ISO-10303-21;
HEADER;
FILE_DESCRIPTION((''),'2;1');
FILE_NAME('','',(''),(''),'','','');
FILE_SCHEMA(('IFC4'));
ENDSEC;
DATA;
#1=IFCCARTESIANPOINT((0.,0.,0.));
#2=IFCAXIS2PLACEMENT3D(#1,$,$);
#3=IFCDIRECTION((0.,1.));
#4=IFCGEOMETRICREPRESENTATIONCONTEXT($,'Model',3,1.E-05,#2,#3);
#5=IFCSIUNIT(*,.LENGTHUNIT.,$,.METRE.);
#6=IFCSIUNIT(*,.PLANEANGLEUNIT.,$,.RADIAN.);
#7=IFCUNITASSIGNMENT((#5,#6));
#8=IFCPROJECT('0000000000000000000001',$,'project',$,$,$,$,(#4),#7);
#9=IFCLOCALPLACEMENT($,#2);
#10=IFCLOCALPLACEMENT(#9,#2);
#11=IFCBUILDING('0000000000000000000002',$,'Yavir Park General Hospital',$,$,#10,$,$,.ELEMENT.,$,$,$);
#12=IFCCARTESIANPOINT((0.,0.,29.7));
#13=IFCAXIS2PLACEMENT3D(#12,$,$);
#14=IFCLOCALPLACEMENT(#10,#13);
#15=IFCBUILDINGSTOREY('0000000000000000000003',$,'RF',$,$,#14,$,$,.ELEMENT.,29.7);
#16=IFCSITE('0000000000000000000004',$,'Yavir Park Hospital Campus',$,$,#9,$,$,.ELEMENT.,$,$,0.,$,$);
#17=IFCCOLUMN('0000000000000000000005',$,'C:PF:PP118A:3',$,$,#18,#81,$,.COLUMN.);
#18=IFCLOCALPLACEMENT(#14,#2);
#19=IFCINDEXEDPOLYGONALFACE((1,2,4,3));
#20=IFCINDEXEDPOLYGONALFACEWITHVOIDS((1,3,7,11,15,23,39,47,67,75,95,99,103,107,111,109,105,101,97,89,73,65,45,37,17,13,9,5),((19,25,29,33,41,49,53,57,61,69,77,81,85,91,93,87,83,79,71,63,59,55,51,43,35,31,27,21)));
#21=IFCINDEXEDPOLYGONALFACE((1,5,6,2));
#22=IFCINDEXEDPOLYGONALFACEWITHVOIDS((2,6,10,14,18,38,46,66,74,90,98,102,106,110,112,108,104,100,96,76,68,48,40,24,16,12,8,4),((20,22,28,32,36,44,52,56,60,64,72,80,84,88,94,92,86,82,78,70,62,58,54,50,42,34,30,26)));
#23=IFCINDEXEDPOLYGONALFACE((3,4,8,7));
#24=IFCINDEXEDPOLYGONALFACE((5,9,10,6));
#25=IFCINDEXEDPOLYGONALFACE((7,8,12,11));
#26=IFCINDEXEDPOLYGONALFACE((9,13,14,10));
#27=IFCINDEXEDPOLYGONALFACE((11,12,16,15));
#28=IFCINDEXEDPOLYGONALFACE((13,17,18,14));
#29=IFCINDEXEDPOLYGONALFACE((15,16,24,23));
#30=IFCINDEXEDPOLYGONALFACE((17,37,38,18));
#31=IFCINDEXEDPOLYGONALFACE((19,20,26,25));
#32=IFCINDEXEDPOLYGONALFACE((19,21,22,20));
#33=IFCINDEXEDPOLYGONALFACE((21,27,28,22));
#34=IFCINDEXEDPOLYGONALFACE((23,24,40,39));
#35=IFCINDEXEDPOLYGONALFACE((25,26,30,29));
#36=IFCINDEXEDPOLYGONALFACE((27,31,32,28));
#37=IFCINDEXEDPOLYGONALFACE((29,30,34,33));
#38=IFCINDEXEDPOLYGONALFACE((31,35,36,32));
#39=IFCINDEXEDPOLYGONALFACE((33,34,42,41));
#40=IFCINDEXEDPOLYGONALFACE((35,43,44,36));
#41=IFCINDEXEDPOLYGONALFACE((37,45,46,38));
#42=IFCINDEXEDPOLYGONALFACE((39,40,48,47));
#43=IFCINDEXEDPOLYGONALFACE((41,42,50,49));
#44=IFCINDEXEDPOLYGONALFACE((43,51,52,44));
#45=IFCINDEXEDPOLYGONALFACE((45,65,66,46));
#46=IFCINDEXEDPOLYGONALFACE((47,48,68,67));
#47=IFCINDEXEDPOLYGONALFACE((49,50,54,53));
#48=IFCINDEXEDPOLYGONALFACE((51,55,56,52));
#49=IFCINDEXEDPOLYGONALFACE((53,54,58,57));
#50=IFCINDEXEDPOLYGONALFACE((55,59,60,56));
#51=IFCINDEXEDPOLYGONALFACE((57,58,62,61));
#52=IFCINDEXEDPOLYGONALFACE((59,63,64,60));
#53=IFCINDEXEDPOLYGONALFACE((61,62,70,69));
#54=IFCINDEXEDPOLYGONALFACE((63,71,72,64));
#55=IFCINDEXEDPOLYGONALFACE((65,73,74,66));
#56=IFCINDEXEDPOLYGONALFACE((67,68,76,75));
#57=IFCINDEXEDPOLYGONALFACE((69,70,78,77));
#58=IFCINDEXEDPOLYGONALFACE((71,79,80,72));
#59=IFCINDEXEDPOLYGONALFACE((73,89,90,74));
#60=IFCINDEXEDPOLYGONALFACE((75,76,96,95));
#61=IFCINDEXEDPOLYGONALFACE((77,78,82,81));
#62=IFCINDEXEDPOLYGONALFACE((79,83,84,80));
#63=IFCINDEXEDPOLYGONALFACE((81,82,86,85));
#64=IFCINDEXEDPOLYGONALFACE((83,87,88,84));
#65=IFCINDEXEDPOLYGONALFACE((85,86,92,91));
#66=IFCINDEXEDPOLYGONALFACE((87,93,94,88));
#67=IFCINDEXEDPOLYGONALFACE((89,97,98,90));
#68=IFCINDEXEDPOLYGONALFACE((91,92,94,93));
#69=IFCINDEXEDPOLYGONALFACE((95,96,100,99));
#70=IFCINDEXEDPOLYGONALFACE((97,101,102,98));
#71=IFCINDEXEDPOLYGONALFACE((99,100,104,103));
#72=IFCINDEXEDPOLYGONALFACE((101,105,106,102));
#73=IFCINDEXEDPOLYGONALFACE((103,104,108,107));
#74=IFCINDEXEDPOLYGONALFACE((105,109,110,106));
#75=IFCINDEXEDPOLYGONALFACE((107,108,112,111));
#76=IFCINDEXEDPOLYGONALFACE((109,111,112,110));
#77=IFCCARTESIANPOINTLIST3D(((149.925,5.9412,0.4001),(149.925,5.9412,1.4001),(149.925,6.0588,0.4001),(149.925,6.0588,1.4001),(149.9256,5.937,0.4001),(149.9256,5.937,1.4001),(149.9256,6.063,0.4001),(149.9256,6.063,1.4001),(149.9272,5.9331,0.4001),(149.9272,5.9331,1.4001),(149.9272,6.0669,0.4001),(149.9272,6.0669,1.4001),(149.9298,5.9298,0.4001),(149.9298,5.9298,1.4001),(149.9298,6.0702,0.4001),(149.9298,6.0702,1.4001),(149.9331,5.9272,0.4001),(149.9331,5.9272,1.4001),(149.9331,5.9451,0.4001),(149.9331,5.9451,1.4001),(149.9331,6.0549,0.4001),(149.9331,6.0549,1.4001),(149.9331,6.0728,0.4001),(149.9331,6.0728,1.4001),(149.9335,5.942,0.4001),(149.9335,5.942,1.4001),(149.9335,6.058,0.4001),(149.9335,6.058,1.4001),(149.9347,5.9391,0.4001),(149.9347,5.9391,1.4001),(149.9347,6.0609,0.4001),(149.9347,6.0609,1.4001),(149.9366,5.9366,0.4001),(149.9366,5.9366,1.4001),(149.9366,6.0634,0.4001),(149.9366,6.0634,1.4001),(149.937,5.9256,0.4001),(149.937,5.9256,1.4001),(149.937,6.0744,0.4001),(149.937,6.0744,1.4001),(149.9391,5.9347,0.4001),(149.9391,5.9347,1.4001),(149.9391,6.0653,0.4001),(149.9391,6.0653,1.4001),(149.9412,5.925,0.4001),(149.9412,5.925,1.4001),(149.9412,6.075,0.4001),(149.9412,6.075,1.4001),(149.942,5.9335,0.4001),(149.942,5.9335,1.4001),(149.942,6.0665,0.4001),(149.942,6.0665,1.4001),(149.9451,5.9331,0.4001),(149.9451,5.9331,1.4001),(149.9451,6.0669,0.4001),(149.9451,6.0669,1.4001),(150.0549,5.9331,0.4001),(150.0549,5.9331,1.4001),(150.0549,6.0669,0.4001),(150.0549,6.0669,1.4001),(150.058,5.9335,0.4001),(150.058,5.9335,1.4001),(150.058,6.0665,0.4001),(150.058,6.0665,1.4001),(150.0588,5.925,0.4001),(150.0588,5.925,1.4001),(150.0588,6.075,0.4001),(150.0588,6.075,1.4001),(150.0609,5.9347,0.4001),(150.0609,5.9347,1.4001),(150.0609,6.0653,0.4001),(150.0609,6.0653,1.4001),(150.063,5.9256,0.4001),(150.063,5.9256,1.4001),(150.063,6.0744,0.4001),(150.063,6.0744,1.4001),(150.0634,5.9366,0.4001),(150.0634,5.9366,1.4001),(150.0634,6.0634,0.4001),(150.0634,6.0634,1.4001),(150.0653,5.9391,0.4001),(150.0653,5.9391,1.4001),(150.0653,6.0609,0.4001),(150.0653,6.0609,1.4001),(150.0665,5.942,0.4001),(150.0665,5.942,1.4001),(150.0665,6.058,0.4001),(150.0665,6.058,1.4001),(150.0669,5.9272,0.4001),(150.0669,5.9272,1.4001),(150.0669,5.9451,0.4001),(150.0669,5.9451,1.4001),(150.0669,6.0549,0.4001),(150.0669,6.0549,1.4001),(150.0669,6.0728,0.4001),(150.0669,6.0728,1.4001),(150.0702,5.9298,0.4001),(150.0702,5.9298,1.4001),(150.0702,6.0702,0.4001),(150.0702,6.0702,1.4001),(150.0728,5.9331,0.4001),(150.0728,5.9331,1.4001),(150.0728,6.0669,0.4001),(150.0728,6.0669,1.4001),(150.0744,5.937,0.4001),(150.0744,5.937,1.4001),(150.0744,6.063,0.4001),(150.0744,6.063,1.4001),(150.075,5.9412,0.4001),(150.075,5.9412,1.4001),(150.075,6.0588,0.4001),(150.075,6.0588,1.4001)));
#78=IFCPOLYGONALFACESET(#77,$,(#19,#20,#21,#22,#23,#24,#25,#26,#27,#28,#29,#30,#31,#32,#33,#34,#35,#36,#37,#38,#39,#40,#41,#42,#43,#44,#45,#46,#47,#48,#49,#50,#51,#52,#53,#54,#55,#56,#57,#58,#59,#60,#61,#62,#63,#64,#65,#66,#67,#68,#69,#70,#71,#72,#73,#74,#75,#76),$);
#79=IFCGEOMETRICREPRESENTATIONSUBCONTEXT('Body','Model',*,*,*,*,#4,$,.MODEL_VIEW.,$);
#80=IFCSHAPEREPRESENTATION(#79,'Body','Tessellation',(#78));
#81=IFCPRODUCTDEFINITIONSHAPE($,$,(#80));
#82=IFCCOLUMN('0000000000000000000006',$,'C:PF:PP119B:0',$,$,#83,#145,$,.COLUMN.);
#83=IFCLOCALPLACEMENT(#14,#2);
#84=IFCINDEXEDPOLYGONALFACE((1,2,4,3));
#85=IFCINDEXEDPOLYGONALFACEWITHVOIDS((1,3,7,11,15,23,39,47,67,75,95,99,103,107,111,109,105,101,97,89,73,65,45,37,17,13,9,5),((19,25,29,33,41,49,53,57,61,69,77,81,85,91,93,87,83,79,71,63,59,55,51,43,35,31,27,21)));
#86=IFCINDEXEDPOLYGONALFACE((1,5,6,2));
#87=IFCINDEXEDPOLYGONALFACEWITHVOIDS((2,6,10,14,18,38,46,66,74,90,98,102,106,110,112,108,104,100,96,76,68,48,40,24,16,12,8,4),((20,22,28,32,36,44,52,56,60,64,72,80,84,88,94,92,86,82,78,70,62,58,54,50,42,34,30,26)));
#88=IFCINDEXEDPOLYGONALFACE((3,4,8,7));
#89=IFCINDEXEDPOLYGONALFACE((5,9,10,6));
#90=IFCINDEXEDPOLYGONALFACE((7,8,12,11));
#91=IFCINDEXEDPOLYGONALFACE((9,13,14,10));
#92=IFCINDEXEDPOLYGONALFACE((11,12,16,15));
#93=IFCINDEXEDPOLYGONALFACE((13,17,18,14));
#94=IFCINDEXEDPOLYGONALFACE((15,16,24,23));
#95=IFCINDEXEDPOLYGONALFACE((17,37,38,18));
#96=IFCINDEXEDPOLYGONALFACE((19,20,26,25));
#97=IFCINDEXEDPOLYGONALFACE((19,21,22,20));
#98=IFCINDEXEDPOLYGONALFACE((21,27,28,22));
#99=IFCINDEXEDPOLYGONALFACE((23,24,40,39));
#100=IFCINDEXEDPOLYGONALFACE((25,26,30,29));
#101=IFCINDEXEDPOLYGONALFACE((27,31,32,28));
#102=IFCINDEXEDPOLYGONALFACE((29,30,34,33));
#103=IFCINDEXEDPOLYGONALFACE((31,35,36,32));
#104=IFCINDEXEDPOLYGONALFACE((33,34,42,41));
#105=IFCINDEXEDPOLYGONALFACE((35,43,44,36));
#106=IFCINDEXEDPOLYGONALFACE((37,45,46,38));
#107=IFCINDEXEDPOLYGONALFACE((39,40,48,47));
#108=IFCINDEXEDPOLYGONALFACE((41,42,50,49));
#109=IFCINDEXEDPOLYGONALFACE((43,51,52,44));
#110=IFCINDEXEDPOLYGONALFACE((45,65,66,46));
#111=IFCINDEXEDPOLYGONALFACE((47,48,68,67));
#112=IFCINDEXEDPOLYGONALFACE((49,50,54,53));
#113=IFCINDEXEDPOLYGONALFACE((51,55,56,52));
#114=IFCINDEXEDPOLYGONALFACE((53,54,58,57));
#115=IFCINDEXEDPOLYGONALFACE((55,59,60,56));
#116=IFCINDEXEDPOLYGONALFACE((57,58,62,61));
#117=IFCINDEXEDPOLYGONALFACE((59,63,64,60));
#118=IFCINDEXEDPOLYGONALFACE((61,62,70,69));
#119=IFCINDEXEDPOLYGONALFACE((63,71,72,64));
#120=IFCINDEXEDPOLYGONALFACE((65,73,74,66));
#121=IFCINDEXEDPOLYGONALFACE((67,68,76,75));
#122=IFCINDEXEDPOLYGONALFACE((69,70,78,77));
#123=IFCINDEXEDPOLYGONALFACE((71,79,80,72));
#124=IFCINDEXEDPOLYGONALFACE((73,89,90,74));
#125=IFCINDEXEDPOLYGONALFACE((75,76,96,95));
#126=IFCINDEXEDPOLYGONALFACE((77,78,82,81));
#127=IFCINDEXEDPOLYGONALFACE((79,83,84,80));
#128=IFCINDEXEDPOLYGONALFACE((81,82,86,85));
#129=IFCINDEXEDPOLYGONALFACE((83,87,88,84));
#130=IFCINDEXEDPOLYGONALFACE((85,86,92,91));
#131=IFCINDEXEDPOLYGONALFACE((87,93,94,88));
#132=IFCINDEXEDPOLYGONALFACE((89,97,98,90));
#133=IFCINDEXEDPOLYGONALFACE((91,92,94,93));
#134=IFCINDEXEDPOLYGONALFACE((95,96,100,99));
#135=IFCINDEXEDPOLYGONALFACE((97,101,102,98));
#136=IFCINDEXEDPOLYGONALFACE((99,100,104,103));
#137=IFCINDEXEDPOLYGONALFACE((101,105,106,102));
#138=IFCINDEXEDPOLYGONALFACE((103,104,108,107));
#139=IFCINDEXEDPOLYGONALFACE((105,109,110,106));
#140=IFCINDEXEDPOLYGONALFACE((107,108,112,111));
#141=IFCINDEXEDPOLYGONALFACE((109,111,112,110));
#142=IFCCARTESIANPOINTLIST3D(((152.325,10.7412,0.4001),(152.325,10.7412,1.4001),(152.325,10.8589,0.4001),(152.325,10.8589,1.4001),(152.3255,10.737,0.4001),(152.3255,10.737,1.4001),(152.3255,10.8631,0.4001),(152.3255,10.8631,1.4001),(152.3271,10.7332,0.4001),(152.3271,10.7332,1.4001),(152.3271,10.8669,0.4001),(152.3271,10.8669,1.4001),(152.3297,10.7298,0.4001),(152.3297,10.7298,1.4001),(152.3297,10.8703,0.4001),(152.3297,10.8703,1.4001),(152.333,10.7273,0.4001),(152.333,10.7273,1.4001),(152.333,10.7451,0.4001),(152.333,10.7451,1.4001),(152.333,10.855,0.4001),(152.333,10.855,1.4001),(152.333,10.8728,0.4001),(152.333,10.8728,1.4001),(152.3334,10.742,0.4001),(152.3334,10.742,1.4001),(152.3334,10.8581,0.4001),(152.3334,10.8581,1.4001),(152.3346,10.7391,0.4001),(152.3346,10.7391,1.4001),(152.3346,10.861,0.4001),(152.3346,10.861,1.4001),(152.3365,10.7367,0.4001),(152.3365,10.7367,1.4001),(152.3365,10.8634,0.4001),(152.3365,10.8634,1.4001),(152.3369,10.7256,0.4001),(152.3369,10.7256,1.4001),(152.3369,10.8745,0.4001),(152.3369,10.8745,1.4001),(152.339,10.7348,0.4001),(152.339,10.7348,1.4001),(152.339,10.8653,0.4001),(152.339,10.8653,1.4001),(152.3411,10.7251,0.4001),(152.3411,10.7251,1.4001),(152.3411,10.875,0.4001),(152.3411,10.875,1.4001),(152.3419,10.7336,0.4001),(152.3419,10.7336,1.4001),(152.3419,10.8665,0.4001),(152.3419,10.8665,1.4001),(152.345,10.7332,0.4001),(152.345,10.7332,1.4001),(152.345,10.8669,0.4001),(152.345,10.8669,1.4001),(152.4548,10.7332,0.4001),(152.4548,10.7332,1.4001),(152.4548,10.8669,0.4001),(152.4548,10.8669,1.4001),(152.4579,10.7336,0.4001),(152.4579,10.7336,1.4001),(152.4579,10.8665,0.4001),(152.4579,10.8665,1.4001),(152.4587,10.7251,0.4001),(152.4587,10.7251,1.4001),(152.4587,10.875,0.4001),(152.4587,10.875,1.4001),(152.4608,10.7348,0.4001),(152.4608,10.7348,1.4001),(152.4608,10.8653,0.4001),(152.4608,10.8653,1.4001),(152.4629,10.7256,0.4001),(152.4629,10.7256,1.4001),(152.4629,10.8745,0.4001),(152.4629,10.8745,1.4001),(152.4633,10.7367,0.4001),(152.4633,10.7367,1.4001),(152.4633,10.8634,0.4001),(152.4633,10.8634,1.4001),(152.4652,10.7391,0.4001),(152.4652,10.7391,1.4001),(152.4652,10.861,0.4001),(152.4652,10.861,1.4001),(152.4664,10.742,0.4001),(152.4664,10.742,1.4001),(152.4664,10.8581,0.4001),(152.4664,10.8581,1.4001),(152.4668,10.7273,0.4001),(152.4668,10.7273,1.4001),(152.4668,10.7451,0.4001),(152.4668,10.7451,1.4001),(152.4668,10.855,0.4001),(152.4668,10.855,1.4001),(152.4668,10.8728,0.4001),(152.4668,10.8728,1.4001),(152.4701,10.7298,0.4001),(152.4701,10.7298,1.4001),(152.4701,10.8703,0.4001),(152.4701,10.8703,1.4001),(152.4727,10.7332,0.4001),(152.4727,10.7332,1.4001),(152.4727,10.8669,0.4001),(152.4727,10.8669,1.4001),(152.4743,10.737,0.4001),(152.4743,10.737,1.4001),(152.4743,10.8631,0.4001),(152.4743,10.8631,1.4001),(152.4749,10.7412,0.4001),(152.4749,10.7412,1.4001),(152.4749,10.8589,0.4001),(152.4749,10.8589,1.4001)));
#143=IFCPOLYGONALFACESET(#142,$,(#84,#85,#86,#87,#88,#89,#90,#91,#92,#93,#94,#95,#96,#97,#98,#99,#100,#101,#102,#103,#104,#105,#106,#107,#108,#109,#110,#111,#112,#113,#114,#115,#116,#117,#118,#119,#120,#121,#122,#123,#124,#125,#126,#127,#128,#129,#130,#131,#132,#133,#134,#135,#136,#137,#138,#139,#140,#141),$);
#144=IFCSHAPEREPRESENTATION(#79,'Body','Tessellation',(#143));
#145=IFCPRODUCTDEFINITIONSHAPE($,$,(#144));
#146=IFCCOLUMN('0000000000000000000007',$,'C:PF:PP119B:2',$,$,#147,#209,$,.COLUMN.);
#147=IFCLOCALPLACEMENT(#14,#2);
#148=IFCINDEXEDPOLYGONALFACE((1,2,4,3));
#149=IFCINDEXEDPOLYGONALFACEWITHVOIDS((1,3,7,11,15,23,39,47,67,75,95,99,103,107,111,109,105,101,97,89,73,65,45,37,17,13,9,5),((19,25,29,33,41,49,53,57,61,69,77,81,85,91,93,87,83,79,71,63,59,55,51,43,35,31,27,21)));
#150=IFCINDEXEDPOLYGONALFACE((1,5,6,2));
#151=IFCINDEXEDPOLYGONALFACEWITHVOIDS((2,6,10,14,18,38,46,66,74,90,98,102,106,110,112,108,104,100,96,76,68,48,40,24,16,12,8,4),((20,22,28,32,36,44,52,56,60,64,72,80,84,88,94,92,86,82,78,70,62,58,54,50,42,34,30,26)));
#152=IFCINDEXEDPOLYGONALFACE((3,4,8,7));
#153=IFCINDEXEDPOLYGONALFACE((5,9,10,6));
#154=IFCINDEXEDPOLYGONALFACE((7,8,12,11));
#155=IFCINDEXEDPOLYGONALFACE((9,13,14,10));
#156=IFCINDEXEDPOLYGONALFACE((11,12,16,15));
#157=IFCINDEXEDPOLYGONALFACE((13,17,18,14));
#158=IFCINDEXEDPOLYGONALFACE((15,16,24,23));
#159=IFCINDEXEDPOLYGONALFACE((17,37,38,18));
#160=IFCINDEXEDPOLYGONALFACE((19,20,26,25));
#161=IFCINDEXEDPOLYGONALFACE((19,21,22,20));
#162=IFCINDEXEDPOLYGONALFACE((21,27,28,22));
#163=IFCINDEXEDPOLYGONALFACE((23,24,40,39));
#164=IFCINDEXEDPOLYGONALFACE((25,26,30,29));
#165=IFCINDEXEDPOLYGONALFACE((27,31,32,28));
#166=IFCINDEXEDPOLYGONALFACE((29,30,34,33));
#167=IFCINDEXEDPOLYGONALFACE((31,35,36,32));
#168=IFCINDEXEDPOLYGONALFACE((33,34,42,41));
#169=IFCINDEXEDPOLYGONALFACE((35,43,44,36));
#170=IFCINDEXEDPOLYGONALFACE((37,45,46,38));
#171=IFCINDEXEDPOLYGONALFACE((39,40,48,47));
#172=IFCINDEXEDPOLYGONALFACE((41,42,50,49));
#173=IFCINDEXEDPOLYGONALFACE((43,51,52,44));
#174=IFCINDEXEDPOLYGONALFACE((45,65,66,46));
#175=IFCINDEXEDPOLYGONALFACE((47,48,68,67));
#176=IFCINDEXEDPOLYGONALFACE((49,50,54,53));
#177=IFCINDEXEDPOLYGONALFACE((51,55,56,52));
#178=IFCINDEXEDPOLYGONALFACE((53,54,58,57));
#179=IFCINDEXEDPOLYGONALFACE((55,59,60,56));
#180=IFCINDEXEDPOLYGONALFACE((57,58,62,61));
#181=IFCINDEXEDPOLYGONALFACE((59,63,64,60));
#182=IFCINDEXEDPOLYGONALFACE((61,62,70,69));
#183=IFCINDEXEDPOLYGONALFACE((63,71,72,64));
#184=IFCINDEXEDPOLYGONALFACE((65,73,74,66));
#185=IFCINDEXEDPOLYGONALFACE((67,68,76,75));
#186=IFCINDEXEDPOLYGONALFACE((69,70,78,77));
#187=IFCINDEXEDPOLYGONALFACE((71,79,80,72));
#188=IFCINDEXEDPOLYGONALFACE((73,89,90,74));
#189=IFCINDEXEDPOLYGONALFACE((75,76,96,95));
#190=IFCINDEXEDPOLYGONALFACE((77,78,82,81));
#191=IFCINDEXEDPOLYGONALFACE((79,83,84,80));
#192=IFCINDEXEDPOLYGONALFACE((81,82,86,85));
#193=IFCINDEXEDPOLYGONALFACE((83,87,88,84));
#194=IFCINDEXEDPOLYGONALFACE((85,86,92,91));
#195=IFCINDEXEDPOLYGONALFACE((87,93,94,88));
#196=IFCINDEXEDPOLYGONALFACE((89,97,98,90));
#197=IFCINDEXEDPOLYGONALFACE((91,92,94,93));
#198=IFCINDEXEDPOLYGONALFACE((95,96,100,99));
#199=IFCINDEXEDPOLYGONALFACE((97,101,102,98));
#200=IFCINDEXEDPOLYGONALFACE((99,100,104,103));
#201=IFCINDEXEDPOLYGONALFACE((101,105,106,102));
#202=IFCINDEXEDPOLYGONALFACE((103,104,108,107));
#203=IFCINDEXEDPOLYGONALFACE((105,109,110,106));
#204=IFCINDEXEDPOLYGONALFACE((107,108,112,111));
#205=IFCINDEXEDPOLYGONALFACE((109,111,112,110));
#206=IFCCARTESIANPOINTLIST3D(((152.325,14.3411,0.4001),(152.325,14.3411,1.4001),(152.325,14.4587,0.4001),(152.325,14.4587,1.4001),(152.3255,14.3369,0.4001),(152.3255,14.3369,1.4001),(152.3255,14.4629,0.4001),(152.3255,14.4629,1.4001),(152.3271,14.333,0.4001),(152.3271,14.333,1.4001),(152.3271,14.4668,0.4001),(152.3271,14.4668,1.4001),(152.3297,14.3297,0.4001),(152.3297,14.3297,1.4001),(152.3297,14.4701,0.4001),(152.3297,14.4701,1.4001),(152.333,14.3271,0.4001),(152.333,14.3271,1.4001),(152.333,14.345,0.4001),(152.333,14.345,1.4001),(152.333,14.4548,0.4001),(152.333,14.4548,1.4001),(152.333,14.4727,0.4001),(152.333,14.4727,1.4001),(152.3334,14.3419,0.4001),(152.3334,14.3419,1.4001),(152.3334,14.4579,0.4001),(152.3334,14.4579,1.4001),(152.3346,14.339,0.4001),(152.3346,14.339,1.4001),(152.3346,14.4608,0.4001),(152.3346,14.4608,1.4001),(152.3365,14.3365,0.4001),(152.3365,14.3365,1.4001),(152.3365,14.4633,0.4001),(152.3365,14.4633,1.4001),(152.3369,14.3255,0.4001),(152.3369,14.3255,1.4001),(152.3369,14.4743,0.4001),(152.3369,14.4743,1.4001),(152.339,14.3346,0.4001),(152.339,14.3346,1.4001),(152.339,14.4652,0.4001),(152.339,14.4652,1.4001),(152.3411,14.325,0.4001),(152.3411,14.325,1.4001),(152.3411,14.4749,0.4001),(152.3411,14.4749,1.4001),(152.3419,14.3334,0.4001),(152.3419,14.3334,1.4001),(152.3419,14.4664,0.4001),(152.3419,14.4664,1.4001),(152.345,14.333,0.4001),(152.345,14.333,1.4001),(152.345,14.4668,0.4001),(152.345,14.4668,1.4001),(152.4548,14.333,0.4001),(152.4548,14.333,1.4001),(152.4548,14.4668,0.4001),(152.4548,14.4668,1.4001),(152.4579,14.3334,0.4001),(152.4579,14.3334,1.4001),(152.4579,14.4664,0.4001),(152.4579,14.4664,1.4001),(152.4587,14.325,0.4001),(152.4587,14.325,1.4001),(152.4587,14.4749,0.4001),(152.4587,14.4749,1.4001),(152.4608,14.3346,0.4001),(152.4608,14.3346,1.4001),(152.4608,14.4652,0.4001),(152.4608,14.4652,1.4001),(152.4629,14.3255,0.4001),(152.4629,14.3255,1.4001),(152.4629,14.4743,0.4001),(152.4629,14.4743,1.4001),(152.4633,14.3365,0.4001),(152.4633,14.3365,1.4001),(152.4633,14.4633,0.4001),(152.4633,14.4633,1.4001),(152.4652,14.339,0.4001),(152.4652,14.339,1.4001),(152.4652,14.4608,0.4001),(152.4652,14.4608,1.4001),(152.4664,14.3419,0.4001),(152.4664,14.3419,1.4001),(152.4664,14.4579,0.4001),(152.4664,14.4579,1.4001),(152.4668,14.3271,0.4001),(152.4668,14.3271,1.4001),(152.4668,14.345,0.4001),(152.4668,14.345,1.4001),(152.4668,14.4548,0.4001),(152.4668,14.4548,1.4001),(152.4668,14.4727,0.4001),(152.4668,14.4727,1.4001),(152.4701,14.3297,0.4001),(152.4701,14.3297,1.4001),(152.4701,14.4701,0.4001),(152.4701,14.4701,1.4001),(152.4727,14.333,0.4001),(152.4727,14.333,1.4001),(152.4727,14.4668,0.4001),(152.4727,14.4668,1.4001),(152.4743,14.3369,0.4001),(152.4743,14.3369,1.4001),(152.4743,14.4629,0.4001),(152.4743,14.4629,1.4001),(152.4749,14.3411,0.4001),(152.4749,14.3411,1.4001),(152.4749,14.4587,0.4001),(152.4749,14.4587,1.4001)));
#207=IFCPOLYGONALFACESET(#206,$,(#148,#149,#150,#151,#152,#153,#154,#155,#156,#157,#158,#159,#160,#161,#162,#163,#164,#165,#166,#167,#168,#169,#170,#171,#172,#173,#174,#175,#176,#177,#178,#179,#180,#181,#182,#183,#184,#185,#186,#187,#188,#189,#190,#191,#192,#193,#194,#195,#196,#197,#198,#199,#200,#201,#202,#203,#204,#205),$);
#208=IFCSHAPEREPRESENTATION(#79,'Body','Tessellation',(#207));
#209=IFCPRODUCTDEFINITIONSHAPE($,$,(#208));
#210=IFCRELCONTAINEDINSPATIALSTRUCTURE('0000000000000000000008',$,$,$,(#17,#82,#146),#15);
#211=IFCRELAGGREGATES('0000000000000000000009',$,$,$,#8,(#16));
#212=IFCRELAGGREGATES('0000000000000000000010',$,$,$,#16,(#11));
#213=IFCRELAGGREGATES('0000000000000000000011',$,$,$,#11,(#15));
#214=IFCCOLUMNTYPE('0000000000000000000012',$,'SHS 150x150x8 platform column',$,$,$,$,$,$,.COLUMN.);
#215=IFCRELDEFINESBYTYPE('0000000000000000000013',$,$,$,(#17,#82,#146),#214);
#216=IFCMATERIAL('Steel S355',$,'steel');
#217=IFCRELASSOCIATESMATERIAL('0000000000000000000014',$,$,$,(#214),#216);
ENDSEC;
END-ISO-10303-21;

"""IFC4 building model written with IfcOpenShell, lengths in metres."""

from ifc_helpers import new_model, si_unit, direction, frame, origin, origin_2d, place, context, subcontext, project, spatial, hollow_rectangle, extrude, material, material_profile, profile_set, type_object, element, save


model = new_model("IFC4")

# Units and contexts
model_context = context("Model", 3, precision=1e-05, world=origin(), true_north=direction((0.0, 1.0)))
body_context = subcontext(model_context, "Body", "Model", "MODEL_VIEW")
ifc_project = project(units=[si_unit("LENGTHUNIT", "METRE"), si_unit("PLANEANGLEUNIT", "RADIAN")], contexts=[model_context])

# Site, building, storey
site_placement = place(None, origin())
site = spatial("IfcSite", under=ifc_project, at=site_placement, Name="Yavir Park Hospital Campus", CompositionType="ELEMENT", RefElevation=0.0)
building_placement = place(site_placement, origin())
building = spatial("IfcBuilding", under=site, at=building_placement, Name="Yavir Park General Hospital", CompositionType="ELEMENT")
storey_placement = place(building_placement, frame((0.0, 0.0, 29.7)))
storey = spatial("IfcBuildingStorey", under=building, at=storey_placement, Name="RF", CompositionType="ELEMENT", Elevation=29.7)

# Columns
ifc_material_1 = material(Name="Steel S355", Category="steel")
ifc_material_profile_1 = material_profile(ifc_material_1, hollow_rectangle(XDim=0.1499, YDim=0.1499, WallThickness=0.0081, InnerFilletRadius=0.012, OuterFilletRadius=0.0161, at=origin_2d()), Name="SHS150x150x8")
ifc_profile_set_1 = profile_set([ifc_material_profile_1], Name="Steel S355")
column_type_1 = type_object("IfcColumnType", Name="SHS 150x150x8 platform column", PredefinedType="COLUMN", material=ifc_profile_set_1)
for number, where, z_axis, x_axis, name in (
    (1, (150.0, 6.0, 0.4001), (0.0, 0.0, 1.0), (1.0, 0.0, 0.0), "C:PF:PP118A:3"),
    (2, (152.3999, 10.8, 0.4001), (0.0, 0.0, 1.0), (1.0, 0.0, 0.0), "C:PF:PP119B:0"),
    (3, (152.3999, 14.3999, 0.4001), (0.0, 0.0, 1.0), (1.0, 0.0, 0.0), "C:PF:PP119B:2"),
):
    element("IfcColumn", number, at=place(storey_placement, frame(where, z_axis=z_axis, x_axis=x_axis)), inside=storey, type_object=column_type_1, Name=name, PredefinedType="COLUMN", context=body_context, shape_type="SweptSolid", body=[
        extrude(hollow_rectangle(XDim=0.1499, YDim=0.1499, WallThickness=0.0081, InnerFilletRadius=0.012, OuterFilletRadius=0.0161, at=origin_2d()), origin(), (0.0, 0.0, 1.0), 1.0),
    ])

save(model, "model.ifc")
